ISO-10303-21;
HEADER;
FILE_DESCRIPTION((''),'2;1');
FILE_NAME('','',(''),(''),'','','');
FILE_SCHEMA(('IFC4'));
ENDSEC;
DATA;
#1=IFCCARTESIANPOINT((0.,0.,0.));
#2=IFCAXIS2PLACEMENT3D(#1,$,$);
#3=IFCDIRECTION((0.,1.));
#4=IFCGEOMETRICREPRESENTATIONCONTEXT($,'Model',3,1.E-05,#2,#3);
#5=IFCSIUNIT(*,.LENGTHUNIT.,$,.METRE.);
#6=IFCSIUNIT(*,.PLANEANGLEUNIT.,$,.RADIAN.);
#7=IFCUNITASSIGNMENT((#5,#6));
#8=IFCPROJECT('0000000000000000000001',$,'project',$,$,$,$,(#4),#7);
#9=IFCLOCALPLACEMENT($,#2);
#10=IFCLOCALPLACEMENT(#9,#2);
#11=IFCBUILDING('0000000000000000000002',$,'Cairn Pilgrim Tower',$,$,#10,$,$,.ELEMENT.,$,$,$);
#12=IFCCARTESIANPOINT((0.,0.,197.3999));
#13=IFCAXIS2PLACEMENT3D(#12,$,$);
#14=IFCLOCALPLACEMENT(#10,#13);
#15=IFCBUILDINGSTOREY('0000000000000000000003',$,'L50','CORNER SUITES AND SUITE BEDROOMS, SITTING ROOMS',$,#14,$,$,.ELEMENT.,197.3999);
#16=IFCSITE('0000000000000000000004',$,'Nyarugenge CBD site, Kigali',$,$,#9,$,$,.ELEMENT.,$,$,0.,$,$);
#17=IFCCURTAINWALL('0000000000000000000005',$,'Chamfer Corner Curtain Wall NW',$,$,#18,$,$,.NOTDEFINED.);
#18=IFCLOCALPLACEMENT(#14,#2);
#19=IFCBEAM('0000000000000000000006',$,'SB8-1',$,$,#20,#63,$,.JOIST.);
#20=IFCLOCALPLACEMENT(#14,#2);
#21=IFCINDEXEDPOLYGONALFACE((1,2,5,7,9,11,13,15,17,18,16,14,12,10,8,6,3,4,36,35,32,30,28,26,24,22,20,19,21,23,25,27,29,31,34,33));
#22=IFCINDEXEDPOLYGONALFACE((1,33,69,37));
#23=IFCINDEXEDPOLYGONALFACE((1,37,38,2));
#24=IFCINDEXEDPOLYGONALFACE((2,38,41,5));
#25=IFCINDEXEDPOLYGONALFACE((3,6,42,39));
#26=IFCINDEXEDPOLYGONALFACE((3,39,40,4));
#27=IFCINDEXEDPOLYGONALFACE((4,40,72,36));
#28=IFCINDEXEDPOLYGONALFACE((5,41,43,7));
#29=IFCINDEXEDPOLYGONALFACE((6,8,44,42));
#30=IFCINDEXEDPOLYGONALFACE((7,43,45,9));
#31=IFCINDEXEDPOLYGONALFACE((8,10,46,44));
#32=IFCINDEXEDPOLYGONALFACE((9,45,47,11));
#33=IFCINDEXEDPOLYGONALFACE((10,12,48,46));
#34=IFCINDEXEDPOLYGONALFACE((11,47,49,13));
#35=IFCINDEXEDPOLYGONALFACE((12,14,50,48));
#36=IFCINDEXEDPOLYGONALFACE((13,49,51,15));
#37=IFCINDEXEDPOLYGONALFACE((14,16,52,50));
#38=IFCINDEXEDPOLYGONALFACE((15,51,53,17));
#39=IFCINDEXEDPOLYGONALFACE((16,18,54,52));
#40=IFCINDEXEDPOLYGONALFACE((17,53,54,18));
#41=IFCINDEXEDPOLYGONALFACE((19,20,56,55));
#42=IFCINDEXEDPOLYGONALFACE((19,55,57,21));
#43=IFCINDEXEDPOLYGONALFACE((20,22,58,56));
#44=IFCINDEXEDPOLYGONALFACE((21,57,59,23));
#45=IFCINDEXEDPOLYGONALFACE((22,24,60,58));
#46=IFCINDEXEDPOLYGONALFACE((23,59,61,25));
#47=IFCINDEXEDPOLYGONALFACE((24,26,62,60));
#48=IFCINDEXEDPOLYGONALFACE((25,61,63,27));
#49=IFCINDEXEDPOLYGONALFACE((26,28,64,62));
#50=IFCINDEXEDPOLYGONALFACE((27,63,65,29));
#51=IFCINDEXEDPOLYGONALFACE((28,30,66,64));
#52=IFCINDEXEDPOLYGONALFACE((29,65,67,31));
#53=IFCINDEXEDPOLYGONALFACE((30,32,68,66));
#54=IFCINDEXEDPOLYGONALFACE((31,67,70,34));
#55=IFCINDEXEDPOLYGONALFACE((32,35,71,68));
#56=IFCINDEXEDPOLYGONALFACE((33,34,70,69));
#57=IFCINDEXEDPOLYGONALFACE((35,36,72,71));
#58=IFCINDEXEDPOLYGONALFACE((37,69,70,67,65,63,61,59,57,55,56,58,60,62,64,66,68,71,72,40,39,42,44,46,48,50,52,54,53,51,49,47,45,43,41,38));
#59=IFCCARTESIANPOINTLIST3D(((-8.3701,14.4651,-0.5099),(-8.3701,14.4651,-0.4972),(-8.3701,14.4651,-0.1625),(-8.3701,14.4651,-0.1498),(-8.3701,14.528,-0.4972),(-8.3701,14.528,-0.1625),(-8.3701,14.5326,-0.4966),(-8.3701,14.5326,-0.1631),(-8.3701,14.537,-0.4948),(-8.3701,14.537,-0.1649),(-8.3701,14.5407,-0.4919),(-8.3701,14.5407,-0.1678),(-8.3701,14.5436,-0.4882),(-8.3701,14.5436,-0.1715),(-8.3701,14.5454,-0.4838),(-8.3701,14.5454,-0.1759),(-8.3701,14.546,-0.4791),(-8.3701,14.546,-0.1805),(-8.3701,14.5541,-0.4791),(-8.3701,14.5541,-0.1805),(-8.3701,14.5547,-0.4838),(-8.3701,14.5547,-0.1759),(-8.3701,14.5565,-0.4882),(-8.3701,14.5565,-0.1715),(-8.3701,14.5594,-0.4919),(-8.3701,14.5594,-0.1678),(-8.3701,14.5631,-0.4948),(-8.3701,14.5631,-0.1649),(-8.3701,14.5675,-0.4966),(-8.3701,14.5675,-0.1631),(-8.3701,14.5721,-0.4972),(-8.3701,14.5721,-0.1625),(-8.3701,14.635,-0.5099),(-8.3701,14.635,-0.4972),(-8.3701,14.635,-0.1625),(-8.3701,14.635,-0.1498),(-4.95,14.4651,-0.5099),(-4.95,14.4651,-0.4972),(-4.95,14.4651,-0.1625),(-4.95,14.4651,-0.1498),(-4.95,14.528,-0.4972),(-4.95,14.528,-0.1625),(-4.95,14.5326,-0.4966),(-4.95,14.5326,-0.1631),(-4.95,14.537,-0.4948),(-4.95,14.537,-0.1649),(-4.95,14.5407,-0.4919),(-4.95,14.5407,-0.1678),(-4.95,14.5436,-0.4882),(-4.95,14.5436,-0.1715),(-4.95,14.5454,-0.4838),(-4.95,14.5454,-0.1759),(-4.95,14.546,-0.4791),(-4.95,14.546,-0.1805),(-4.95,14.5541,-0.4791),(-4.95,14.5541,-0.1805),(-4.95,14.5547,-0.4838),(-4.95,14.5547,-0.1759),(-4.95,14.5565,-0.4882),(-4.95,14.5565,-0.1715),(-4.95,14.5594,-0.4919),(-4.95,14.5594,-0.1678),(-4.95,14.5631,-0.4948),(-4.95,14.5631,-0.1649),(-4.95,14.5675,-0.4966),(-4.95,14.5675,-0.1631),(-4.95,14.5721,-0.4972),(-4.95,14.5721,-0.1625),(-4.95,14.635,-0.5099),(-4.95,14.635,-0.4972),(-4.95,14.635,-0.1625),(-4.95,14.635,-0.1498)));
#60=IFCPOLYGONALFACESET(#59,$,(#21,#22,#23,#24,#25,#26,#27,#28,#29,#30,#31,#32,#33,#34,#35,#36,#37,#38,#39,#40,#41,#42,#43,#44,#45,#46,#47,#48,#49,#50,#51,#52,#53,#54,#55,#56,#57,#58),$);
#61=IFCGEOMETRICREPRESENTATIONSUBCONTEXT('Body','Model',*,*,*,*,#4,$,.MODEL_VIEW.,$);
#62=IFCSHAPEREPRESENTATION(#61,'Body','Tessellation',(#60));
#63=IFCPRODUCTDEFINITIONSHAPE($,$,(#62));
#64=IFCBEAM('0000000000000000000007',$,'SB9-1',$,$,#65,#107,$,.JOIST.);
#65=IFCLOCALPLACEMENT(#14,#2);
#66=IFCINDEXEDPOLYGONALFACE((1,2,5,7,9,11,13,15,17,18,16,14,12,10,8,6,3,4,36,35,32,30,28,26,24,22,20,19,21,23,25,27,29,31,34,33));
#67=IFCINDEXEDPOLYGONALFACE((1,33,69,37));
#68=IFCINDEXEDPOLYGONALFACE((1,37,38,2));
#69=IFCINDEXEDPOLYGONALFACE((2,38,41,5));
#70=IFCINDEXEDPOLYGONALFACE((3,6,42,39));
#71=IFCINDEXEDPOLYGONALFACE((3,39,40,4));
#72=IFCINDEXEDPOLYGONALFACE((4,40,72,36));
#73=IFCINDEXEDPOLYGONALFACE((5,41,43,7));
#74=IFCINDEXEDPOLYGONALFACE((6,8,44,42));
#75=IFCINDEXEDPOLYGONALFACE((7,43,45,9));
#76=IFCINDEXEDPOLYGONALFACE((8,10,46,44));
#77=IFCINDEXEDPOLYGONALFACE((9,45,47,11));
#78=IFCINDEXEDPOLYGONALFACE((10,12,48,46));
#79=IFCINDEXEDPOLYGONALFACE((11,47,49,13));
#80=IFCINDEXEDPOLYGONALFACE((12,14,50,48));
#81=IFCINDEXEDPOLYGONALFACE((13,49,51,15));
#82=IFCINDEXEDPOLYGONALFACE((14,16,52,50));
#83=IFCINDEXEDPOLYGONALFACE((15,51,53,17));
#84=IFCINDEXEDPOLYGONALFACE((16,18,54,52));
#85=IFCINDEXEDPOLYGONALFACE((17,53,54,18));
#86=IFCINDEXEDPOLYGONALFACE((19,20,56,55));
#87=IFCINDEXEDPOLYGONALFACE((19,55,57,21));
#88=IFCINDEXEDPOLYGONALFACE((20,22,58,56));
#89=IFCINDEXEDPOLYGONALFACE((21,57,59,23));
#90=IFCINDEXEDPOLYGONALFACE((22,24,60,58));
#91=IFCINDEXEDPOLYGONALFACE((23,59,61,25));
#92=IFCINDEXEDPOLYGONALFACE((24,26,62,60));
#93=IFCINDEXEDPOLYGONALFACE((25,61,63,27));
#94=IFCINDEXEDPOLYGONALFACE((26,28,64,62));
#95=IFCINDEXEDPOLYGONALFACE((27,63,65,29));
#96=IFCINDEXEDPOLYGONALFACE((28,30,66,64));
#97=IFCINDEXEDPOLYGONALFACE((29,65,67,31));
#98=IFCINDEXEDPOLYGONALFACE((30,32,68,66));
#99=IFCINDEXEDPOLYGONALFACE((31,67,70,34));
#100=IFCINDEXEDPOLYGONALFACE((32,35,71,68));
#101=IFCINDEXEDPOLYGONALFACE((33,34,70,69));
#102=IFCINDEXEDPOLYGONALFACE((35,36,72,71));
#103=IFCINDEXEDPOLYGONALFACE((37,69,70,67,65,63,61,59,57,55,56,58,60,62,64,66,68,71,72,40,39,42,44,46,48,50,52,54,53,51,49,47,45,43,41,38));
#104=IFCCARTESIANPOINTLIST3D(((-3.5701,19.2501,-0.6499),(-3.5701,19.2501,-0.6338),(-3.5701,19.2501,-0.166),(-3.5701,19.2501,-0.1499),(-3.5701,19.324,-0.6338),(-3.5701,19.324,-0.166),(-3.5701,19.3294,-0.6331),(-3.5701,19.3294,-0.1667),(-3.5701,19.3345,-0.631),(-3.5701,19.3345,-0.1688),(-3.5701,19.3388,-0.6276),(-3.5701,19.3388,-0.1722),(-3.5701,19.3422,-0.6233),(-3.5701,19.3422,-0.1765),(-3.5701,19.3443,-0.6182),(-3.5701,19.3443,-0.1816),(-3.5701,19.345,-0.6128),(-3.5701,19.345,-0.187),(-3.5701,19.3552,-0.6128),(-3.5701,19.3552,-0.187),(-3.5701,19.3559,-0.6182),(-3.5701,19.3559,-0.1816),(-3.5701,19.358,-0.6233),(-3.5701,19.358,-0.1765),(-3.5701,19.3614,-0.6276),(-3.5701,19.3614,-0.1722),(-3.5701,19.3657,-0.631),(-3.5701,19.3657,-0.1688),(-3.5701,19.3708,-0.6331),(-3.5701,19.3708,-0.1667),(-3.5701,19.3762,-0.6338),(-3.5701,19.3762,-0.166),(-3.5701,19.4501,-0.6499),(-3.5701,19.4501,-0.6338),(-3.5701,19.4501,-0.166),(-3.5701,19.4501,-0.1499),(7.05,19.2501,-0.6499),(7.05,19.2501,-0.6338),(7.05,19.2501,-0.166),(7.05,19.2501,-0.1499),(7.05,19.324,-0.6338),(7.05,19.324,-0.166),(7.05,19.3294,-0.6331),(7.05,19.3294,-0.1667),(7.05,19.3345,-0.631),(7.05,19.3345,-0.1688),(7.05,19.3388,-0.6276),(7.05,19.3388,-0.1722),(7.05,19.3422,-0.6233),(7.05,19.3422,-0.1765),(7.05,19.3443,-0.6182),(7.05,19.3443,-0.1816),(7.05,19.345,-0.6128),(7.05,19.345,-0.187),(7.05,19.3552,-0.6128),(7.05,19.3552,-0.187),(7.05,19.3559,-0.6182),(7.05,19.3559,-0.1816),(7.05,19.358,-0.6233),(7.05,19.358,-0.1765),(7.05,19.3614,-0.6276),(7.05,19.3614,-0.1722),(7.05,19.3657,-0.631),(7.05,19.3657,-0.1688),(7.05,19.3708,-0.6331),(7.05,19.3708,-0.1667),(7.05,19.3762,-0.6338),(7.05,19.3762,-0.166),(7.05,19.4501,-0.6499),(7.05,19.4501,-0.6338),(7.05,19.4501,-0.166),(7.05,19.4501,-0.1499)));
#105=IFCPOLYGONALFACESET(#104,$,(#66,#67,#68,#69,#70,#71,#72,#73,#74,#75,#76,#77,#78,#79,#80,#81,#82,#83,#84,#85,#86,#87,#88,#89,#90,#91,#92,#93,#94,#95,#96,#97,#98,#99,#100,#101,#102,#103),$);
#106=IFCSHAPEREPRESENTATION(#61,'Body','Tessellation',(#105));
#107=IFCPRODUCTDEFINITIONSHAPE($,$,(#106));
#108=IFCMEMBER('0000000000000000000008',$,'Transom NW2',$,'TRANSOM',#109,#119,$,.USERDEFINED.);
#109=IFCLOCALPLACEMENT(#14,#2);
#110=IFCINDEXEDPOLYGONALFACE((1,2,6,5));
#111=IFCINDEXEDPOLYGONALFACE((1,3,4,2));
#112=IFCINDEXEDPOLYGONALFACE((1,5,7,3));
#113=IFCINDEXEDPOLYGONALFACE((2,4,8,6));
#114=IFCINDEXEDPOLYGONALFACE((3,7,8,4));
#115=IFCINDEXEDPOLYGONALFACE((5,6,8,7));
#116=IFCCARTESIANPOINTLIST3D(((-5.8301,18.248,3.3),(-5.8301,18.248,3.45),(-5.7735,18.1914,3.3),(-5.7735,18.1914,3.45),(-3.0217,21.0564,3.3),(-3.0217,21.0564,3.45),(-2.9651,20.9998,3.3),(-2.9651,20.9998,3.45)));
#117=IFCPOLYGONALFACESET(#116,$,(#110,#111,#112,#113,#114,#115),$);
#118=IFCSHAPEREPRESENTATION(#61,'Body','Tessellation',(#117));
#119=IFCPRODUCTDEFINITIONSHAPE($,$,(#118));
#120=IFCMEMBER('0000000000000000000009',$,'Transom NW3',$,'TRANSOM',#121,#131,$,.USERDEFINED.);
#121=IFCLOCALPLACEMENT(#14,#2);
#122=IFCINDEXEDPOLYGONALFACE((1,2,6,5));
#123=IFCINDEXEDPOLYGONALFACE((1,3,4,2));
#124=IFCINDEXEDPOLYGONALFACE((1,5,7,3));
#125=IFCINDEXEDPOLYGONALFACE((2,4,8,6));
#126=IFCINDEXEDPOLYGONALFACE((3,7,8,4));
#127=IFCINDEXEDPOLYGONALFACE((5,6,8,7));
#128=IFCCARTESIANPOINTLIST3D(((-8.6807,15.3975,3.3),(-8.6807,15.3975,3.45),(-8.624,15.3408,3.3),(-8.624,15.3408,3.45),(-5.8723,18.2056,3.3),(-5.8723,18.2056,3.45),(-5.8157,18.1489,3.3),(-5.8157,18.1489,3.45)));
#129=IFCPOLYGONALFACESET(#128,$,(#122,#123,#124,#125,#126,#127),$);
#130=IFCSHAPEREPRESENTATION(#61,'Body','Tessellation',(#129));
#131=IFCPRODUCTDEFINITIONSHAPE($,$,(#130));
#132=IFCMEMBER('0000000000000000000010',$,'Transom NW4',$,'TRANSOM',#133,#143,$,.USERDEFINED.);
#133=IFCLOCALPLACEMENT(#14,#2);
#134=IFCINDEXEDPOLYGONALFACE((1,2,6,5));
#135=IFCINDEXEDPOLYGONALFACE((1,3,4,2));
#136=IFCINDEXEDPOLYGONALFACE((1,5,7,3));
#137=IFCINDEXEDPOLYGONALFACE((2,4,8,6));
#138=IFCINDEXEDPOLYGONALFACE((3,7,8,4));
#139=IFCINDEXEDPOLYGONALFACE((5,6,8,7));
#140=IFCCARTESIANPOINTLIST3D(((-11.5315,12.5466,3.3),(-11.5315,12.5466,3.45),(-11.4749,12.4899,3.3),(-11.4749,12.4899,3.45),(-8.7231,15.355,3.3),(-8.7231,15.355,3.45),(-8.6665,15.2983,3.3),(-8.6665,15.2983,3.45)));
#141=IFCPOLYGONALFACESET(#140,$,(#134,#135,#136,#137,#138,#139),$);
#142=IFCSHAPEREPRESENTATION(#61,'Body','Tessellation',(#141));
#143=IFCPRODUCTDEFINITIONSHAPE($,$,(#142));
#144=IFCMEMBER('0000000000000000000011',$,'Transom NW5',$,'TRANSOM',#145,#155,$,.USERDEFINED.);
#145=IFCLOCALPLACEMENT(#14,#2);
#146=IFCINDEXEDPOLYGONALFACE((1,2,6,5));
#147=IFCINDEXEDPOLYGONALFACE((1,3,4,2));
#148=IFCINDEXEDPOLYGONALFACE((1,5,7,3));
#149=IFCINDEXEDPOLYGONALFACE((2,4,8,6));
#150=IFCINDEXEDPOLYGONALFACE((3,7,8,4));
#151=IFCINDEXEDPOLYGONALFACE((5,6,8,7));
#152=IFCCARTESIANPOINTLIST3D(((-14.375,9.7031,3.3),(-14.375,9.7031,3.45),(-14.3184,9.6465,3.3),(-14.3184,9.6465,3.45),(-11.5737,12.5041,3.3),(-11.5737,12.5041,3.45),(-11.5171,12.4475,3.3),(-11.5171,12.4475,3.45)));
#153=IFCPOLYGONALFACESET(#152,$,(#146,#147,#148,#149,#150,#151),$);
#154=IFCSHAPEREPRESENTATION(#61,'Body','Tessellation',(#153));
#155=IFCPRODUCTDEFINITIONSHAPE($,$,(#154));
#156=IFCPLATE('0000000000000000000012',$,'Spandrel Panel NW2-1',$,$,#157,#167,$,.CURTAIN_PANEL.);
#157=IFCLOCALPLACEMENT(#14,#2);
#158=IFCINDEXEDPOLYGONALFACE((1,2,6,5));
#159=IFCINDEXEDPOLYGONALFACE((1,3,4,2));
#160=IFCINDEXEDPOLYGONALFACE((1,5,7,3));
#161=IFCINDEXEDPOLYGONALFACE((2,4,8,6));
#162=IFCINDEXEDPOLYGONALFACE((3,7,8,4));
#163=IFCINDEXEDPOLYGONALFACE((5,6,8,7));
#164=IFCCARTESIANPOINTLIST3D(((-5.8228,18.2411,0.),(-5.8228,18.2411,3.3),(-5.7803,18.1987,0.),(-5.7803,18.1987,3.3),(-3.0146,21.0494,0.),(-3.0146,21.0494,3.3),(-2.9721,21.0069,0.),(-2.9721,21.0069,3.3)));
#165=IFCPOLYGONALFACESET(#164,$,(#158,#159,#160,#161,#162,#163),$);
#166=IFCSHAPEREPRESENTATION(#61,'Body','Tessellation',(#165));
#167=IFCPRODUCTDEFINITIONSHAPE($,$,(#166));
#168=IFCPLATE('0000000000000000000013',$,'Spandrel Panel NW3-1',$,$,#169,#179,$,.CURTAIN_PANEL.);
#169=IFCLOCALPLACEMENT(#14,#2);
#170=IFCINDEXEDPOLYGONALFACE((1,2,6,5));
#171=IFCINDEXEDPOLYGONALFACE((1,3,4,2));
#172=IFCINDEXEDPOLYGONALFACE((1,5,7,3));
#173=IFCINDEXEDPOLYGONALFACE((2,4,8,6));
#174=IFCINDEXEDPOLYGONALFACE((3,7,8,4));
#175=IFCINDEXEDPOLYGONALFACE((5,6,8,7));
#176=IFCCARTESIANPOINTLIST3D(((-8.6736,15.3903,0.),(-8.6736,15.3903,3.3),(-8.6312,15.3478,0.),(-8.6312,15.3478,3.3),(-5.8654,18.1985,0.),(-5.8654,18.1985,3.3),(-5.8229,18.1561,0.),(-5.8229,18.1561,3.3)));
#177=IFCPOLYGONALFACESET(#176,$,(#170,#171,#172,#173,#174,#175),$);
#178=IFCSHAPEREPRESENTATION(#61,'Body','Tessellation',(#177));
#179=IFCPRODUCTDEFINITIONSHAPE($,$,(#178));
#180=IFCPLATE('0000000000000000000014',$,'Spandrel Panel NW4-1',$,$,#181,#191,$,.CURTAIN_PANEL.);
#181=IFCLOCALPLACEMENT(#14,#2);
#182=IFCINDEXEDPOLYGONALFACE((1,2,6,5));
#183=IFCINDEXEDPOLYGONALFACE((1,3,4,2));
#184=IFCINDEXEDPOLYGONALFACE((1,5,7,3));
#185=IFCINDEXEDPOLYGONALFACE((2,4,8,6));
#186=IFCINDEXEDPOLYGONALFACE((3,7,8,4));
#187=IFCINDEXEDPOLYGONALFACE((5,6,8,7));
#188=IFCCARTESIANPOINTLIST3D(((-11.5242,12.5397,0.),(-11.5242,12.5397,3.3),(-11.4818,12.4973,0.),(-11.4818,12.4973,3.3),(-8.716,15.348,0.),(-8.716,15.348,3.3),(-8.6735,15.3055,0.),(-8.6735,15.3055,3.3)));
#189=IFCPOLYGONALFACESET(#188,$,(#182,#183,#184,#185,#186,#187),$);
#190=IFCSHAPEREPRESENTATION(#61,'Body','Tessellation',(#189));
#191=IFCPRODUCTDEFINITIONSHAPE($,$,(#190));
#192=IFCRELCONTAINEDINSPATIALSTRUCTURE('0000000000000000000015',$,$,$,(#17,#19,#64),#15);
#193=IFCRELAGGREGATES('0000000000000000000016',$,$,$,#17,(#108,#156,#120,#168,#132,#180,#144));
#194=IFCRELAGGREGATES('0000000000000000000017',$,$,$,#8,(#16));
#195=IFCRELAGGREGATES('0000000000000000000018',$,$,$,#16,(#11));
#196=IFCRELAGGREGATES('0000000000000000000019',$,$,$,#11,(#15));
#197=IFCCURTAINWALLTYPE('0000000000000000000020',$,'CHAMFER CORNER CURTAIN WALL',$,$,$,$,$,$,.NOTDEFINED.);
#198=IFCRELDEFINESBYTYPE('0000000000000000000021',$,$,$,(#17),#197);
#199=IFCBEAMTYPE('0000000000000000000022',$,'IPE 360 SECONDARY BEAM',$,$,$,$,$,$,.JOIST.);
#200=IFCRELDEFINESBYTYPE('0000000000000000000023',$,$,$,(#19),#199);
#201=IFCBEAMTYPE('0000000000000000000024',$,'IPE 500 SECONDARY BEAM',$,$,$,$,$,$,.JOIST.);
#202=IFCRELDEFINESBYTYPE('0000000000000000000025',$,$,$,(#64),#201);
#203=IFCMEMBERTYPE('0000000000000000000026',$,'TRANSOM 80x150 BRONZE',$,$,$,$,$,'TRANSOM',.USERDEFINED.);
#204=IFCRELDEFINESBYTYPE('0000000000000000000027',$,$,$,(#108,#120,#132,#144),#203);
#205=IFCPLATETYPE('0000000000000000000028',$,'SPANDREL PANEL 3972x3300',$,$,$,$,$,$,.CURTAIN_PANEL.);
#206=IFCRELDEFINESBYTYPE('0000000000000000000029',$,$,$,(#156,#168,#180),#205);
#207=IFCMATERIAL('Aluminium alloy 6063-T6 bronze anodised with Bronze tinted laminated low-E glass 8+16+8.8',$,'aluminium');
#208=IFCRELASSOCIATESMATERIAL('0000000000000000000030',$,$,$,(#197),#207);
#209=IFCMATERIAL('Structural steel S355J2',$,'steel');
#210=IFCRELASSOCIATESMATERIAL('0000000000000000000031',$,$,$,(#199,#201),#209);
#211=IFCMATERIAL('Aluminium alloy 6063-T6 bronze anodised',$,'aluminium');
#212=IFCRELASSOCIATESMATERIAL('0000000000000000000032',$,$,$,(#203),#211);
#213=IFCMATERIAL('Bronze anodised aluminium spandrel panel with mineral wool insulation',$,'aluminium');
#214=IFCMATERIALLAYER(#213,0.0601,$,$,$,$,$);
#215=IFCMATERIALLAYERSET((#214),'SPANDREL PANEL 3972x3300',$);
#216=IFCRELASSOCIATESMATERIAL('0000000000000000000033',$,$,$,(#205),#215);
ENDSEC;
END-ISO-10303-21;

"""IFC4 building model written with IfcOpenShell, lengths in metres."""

from ifc_helpers import new_model, si_unit, direction, frame, origin, origin_2d, place, context, subcontext, project, spatial, rectangle, i_section, extrude, material, layer, layer_set, material_profile, profile_set, type_object, element, aggregate, save


model = new_model("IFC4")

# Units and contexts
model_context = context("Model", 3, precision=1e-05, world=origin(), true_north=direction((0.0, 1.0)))
body_context = subcontext(model_context, "Body", "Model", "MODEL_VIEW")
ifc_project = project(units=[si_unit("LENGTHUNIT", "METRE"), si_unit("PLANEANGLEUNIT", "RADIAN")], contexts=[model_context])

# Site, building, storey
site_placement = place(None, origin())
site = spatial("IfcSite", under=ifc_project, at=site_placement, Name="Nyarugenge CBD site, Kigali", CompositionType="ELEMENT", RefElevation=0.0)
building_placement = place(site_placement, origin())
building = spatial("IfcBuilding", under=site, at=building_placement, Name="Cairn Pilgrim Tower", CompositionType="ELEMENT")
storey_placement = place(building_placement, frame((0.0, 0.0, 197.3999)))
storey = spatial("IfcBuildingStorey", under=building, at=storey_placement, Name="L50", Description="CORNER SUITES AND SUITE BEDROOMS, SITTING ROOMS", CompositionType="ELEMENT", Elevation=197.3999)

# Shared definitions
ifc_material_1 = material(Name="Structural steel S355J2", Category="steel")

# Curtain wall
ifc_material_2 = material(Name="Aluminium alloy 6063-T6 bronze anodised with Bronze tinted laminated low-E glass 8+16+8.8", Category="aluminium")
curtain_wall_type = type_object("IfcCurtainWallType", Name="CHAMFER CORNER CURTAIN WALL", PredefinedType="NOTDEFINED", material=ifc_material_2)
curtain_wall_placement = place(storey_placement, origin())
curtain_wall = element("IfcCurtainWall", 1, at=curtain_wall_placement, inside=storey, type_object=curtain_wall_type, Name="Chamfer Corner Curtain Wall NW", PredefinedType="NOTDEFINED")
ifc_material_3 = material(Name="Aluminium alloy 6063-T6 bronze anodised", Category="aluminium")

# Beams
ifc_material_profile_1 = material_profile(ifc_material_1, i_section(OverallWidth=0.1699, OverallDepth=0.3601, WebThickness=0.0081, FlangeThickness=0.0127, FilletRadius=0.0181, at=origin_2d()), Name="IPE 360")
ifc_profile_set_1 = profile_set([ifc_material_profile_1], Name="Structural steel S355J2")
beam_type_1 = type_object("IfcBeamType", Name="IPE 360 SECONDARY BEAM", PredefinedType="JOIST", material=ifc_profile_set_1)
beam_1_placement = place(storey_placement, frame((-8.3701, 14.55, -0.3298), z_axis=(1.0, 0.0, 0.0), x_axis=(0.0, 1.0, 0.0)))
element("IfcBeam", 2, at=beam_1_placement, inside=storey, type_object=beam_type_1, Name="SB8-1", PredefinedType="JOIST", context=body_context, shape_type="SweptSolid", body=[
    extrude(i_section(OverallWidth=0.1699, OverallDepth=0.3601, WebThickness=0.0081, FlangeThickness=0.0127, FilletRadius=0.0181, at=origin_2d()), origin(), (0.0, 0.0, 1.0), 3.4202),
])
ifc_material_profile_2 = material_profile(ifc_material_1, i_section(OverallWidth=0.2, OverallDepth=0.5, WebThickness=0.0103, FlangeThickness=0.0161, FilletRadius=0.021, at=origin_2d()), Name="IPE 500")
ifc_profile_set_2 = profile_set([ifc_material_profile_2], Name="Structural steel S355J2")
beam_type_2 = type_object("IfcBeamType", Name="IPE 500 SECONDARY BEAM", PredefinedType="JOIST", material=ifc_profile_set_2)
beam_2_placement = place(storey_placement, frame((-3.5701, 19.3501, -0.3999), z_axis=(1.0, 0.0, 0.0), x_axis=(0.0, 1.0, 0.0)))
element("IfcBeam", 3, at=beam_2_placement, inside=storey, type_object=beam_type_2, Name="SB9-1", PredefinedType="JOIST", context=body_context, shape_type="SweptSolid", body=[
    extrude(i_section(OverallWidth=0.2, OverallDepth=0.5, WebThickness=0.0103, FlangeThickness=0.0161, FilletRadius=0.021, at=origin_2d()), origin(), (0.0, 0.0, 1.0), 10.6201),
])

# Members
ifc_material_profile_3 = material_profile(ifc_material_3, rectangle(XDim=0.0801, YDim=0.1499, at=origin_2d()), Name="TRANSOM 80x150 BRONZE")
ifc_profile_set_3 = profile_set([ifc_material_profile_3], Name="Aluminium alloy 6063-T6 bronze anodised")
member_type_1 = type_object("IfcMemberType", Name="TRANSOM 80x150 BRONZE", ElementType="TRANSOM", PredefinedType="USERDEFINED", material=ifc_profile_set_3)
member_1_placement = place(storey_placement, frame((-2.9934, 21.0281, 3.375), z_axis=(-0.707107, -0.707107, 0.0), x_axis=(0.707107, -0.707107, 0.0)))
member_1 = element("IfcMember", 4, at=member_1_placement, type_object=member_type_1, Name="Transom NW2", ObjectType="TRANSOM", PredefinedType="USERDEFINED", context=body_context, shape_type="SweptSolid", body=[
    extrude(rectangle(XDim=0.0801, YDim=0.1499, at=origin_2d()), origin(), (0.0, 0.0, 1.0), 3.9717),
])
member_2_placement = place(storey_placement, frame((-5.844, 18.1772, 3.375), z_axis=(-0.707138, -0.707076, 0.0), x_axis=(0.707076, -0.707138, 0.0)))
member_2 = element("IfcMember", 5, at=member_2_placement, type_object=member_type_1, Name="Transom NW3", ObjectType="TRANSOM", PredefinedType="USERDEFINED", context=body_context, shape_type="SweptSolid", body=[
    extrude(rectangle(XDim=0.0801, YDim=0.1499, at=origin_2d()), origin(), (0.0, 0.0, 1.0), 3.9714),
])
member_3_placement = place(storey_placement, frame((-8.6948, 15.3267, 3.375), z_axis=(-0.707107, -0.707107, 0.0), x_axis=(0.707107, -0.707107, 0.0)))
member_3 = element("IfcMember", 6, at=member_3_placement, type_object=member_type_1, Name="Transom NW4", ObjectType="TRANSOM", PredefinedType="USERDEFINED", context=body_context, shape_type="SweptSolid", body=[
    extrude(rectangle(XDim=0.0801, YDim=0.1499, at=origin_2d()), origin(), (0.0, 0.0, 1.0), 3.9717),
])
member_4_placement = place(storey_placement, frame((-11.5454, 12.4758, 3.375), z_axis=(-0.707138, -0.707076, 0.0), x_axis=(0.707076, -0.707138, 0.0)))
member_4 = element("IfcMember", 7, at=member_4_placement, type_object=member_type_1, Name="Transom NW5", ObjectType="TRANSOM", PredefinedType="USERDEFINED", context=body_context, shape_type="SweptSolid", body=[
    extrude(rectangle(XDim=0.0801, YDim=0.1499, at=origin_2d()), origin(), (0.0, 0.0, 1.0), 3.9614),
])

# Plates
ifc_material_4 = material(Name="Bronze anodised aluminium spandrel panel with mineral wool insulation", Category="aluminium")
ifc_layer_1 = layer(ifc_material_4, 0.0601)
ifc_layer_set_1 = layer_set([ifc_layer_1], Name="SPANDREL PANEL 3972x3300")
plate_type = type_object("IfcPlateType", Name="SPANDREL PANEL 3972x3300", PredefinedType="CURTAIN_PANEL", material=ifc_layer_set_1)
plate_1_placement = place(storey_placement, frame((-4.3975, 19.624, 0.0), z_axis=(0.0, 0.0, 1.0), x_axis=(-0.707107, -0.707107, 0.0)))
plate_1 = element("IfcPlate", 8, at=plate_1_placement, type_object=plate_type, Name="Spandrel Panel NW2-1", PredefinedType="CURTAIN_PANEL", context=body_context, shape_type="SweptSolid", body=[
    extrude(rectangle(XDim=3.9714, YDim=0.0601, at=origin_2d()), origin(), (0.0, 0.0, 1.0), 3.3),
])
plate_2_placement = place(storey_placement, frame((-7.2483, 16.7732, 0.0), z_axis=(0.0, 0.0, 1.0), x_axis=(-0.707107, -0.707107, 0.0)))
plate_2 = element("IfcPlate", 9, at=plate_2_placement, type_object=plate_type, Name="Spandrel Panel NW3-1", PredefinedType="CURTAIN_PANEL", context=body_context, shape_type="SweptSolid", body=[
    extrude(rectangle(XDim=3.9714, YDim=0.0601, at=origin_2d()), origin(), (0.0, 0.0, 1.0), 3.3),
])
plate_3_placement = place(storey_placement, frame((-10.0989, 13.9226, 0.0), z_axis=(0.0, 0.0, 1.0), x_axis=(-0.707107, -0.707107, 0.0)))
plate_3 = element("IfcPlate", 10, at=plate_3_placement, type_object=plate_type, Name="Spandrel Panel NW4-1", PredefinedType="CURTAIN_PANEL", context=body_context, shape_type="SweptSolid", body=[
    extrude(rectangle(XDim=3.9714, YDim=0.0601, at=origin_2d()), origin(), (0.0, 0.0, 1.0), 3.3),
])
aggregate(curtain_wall, [member_1, plate_1, member_2, plate_2, member_3, plate_3, member_4])

save(model, "model.ifc")
